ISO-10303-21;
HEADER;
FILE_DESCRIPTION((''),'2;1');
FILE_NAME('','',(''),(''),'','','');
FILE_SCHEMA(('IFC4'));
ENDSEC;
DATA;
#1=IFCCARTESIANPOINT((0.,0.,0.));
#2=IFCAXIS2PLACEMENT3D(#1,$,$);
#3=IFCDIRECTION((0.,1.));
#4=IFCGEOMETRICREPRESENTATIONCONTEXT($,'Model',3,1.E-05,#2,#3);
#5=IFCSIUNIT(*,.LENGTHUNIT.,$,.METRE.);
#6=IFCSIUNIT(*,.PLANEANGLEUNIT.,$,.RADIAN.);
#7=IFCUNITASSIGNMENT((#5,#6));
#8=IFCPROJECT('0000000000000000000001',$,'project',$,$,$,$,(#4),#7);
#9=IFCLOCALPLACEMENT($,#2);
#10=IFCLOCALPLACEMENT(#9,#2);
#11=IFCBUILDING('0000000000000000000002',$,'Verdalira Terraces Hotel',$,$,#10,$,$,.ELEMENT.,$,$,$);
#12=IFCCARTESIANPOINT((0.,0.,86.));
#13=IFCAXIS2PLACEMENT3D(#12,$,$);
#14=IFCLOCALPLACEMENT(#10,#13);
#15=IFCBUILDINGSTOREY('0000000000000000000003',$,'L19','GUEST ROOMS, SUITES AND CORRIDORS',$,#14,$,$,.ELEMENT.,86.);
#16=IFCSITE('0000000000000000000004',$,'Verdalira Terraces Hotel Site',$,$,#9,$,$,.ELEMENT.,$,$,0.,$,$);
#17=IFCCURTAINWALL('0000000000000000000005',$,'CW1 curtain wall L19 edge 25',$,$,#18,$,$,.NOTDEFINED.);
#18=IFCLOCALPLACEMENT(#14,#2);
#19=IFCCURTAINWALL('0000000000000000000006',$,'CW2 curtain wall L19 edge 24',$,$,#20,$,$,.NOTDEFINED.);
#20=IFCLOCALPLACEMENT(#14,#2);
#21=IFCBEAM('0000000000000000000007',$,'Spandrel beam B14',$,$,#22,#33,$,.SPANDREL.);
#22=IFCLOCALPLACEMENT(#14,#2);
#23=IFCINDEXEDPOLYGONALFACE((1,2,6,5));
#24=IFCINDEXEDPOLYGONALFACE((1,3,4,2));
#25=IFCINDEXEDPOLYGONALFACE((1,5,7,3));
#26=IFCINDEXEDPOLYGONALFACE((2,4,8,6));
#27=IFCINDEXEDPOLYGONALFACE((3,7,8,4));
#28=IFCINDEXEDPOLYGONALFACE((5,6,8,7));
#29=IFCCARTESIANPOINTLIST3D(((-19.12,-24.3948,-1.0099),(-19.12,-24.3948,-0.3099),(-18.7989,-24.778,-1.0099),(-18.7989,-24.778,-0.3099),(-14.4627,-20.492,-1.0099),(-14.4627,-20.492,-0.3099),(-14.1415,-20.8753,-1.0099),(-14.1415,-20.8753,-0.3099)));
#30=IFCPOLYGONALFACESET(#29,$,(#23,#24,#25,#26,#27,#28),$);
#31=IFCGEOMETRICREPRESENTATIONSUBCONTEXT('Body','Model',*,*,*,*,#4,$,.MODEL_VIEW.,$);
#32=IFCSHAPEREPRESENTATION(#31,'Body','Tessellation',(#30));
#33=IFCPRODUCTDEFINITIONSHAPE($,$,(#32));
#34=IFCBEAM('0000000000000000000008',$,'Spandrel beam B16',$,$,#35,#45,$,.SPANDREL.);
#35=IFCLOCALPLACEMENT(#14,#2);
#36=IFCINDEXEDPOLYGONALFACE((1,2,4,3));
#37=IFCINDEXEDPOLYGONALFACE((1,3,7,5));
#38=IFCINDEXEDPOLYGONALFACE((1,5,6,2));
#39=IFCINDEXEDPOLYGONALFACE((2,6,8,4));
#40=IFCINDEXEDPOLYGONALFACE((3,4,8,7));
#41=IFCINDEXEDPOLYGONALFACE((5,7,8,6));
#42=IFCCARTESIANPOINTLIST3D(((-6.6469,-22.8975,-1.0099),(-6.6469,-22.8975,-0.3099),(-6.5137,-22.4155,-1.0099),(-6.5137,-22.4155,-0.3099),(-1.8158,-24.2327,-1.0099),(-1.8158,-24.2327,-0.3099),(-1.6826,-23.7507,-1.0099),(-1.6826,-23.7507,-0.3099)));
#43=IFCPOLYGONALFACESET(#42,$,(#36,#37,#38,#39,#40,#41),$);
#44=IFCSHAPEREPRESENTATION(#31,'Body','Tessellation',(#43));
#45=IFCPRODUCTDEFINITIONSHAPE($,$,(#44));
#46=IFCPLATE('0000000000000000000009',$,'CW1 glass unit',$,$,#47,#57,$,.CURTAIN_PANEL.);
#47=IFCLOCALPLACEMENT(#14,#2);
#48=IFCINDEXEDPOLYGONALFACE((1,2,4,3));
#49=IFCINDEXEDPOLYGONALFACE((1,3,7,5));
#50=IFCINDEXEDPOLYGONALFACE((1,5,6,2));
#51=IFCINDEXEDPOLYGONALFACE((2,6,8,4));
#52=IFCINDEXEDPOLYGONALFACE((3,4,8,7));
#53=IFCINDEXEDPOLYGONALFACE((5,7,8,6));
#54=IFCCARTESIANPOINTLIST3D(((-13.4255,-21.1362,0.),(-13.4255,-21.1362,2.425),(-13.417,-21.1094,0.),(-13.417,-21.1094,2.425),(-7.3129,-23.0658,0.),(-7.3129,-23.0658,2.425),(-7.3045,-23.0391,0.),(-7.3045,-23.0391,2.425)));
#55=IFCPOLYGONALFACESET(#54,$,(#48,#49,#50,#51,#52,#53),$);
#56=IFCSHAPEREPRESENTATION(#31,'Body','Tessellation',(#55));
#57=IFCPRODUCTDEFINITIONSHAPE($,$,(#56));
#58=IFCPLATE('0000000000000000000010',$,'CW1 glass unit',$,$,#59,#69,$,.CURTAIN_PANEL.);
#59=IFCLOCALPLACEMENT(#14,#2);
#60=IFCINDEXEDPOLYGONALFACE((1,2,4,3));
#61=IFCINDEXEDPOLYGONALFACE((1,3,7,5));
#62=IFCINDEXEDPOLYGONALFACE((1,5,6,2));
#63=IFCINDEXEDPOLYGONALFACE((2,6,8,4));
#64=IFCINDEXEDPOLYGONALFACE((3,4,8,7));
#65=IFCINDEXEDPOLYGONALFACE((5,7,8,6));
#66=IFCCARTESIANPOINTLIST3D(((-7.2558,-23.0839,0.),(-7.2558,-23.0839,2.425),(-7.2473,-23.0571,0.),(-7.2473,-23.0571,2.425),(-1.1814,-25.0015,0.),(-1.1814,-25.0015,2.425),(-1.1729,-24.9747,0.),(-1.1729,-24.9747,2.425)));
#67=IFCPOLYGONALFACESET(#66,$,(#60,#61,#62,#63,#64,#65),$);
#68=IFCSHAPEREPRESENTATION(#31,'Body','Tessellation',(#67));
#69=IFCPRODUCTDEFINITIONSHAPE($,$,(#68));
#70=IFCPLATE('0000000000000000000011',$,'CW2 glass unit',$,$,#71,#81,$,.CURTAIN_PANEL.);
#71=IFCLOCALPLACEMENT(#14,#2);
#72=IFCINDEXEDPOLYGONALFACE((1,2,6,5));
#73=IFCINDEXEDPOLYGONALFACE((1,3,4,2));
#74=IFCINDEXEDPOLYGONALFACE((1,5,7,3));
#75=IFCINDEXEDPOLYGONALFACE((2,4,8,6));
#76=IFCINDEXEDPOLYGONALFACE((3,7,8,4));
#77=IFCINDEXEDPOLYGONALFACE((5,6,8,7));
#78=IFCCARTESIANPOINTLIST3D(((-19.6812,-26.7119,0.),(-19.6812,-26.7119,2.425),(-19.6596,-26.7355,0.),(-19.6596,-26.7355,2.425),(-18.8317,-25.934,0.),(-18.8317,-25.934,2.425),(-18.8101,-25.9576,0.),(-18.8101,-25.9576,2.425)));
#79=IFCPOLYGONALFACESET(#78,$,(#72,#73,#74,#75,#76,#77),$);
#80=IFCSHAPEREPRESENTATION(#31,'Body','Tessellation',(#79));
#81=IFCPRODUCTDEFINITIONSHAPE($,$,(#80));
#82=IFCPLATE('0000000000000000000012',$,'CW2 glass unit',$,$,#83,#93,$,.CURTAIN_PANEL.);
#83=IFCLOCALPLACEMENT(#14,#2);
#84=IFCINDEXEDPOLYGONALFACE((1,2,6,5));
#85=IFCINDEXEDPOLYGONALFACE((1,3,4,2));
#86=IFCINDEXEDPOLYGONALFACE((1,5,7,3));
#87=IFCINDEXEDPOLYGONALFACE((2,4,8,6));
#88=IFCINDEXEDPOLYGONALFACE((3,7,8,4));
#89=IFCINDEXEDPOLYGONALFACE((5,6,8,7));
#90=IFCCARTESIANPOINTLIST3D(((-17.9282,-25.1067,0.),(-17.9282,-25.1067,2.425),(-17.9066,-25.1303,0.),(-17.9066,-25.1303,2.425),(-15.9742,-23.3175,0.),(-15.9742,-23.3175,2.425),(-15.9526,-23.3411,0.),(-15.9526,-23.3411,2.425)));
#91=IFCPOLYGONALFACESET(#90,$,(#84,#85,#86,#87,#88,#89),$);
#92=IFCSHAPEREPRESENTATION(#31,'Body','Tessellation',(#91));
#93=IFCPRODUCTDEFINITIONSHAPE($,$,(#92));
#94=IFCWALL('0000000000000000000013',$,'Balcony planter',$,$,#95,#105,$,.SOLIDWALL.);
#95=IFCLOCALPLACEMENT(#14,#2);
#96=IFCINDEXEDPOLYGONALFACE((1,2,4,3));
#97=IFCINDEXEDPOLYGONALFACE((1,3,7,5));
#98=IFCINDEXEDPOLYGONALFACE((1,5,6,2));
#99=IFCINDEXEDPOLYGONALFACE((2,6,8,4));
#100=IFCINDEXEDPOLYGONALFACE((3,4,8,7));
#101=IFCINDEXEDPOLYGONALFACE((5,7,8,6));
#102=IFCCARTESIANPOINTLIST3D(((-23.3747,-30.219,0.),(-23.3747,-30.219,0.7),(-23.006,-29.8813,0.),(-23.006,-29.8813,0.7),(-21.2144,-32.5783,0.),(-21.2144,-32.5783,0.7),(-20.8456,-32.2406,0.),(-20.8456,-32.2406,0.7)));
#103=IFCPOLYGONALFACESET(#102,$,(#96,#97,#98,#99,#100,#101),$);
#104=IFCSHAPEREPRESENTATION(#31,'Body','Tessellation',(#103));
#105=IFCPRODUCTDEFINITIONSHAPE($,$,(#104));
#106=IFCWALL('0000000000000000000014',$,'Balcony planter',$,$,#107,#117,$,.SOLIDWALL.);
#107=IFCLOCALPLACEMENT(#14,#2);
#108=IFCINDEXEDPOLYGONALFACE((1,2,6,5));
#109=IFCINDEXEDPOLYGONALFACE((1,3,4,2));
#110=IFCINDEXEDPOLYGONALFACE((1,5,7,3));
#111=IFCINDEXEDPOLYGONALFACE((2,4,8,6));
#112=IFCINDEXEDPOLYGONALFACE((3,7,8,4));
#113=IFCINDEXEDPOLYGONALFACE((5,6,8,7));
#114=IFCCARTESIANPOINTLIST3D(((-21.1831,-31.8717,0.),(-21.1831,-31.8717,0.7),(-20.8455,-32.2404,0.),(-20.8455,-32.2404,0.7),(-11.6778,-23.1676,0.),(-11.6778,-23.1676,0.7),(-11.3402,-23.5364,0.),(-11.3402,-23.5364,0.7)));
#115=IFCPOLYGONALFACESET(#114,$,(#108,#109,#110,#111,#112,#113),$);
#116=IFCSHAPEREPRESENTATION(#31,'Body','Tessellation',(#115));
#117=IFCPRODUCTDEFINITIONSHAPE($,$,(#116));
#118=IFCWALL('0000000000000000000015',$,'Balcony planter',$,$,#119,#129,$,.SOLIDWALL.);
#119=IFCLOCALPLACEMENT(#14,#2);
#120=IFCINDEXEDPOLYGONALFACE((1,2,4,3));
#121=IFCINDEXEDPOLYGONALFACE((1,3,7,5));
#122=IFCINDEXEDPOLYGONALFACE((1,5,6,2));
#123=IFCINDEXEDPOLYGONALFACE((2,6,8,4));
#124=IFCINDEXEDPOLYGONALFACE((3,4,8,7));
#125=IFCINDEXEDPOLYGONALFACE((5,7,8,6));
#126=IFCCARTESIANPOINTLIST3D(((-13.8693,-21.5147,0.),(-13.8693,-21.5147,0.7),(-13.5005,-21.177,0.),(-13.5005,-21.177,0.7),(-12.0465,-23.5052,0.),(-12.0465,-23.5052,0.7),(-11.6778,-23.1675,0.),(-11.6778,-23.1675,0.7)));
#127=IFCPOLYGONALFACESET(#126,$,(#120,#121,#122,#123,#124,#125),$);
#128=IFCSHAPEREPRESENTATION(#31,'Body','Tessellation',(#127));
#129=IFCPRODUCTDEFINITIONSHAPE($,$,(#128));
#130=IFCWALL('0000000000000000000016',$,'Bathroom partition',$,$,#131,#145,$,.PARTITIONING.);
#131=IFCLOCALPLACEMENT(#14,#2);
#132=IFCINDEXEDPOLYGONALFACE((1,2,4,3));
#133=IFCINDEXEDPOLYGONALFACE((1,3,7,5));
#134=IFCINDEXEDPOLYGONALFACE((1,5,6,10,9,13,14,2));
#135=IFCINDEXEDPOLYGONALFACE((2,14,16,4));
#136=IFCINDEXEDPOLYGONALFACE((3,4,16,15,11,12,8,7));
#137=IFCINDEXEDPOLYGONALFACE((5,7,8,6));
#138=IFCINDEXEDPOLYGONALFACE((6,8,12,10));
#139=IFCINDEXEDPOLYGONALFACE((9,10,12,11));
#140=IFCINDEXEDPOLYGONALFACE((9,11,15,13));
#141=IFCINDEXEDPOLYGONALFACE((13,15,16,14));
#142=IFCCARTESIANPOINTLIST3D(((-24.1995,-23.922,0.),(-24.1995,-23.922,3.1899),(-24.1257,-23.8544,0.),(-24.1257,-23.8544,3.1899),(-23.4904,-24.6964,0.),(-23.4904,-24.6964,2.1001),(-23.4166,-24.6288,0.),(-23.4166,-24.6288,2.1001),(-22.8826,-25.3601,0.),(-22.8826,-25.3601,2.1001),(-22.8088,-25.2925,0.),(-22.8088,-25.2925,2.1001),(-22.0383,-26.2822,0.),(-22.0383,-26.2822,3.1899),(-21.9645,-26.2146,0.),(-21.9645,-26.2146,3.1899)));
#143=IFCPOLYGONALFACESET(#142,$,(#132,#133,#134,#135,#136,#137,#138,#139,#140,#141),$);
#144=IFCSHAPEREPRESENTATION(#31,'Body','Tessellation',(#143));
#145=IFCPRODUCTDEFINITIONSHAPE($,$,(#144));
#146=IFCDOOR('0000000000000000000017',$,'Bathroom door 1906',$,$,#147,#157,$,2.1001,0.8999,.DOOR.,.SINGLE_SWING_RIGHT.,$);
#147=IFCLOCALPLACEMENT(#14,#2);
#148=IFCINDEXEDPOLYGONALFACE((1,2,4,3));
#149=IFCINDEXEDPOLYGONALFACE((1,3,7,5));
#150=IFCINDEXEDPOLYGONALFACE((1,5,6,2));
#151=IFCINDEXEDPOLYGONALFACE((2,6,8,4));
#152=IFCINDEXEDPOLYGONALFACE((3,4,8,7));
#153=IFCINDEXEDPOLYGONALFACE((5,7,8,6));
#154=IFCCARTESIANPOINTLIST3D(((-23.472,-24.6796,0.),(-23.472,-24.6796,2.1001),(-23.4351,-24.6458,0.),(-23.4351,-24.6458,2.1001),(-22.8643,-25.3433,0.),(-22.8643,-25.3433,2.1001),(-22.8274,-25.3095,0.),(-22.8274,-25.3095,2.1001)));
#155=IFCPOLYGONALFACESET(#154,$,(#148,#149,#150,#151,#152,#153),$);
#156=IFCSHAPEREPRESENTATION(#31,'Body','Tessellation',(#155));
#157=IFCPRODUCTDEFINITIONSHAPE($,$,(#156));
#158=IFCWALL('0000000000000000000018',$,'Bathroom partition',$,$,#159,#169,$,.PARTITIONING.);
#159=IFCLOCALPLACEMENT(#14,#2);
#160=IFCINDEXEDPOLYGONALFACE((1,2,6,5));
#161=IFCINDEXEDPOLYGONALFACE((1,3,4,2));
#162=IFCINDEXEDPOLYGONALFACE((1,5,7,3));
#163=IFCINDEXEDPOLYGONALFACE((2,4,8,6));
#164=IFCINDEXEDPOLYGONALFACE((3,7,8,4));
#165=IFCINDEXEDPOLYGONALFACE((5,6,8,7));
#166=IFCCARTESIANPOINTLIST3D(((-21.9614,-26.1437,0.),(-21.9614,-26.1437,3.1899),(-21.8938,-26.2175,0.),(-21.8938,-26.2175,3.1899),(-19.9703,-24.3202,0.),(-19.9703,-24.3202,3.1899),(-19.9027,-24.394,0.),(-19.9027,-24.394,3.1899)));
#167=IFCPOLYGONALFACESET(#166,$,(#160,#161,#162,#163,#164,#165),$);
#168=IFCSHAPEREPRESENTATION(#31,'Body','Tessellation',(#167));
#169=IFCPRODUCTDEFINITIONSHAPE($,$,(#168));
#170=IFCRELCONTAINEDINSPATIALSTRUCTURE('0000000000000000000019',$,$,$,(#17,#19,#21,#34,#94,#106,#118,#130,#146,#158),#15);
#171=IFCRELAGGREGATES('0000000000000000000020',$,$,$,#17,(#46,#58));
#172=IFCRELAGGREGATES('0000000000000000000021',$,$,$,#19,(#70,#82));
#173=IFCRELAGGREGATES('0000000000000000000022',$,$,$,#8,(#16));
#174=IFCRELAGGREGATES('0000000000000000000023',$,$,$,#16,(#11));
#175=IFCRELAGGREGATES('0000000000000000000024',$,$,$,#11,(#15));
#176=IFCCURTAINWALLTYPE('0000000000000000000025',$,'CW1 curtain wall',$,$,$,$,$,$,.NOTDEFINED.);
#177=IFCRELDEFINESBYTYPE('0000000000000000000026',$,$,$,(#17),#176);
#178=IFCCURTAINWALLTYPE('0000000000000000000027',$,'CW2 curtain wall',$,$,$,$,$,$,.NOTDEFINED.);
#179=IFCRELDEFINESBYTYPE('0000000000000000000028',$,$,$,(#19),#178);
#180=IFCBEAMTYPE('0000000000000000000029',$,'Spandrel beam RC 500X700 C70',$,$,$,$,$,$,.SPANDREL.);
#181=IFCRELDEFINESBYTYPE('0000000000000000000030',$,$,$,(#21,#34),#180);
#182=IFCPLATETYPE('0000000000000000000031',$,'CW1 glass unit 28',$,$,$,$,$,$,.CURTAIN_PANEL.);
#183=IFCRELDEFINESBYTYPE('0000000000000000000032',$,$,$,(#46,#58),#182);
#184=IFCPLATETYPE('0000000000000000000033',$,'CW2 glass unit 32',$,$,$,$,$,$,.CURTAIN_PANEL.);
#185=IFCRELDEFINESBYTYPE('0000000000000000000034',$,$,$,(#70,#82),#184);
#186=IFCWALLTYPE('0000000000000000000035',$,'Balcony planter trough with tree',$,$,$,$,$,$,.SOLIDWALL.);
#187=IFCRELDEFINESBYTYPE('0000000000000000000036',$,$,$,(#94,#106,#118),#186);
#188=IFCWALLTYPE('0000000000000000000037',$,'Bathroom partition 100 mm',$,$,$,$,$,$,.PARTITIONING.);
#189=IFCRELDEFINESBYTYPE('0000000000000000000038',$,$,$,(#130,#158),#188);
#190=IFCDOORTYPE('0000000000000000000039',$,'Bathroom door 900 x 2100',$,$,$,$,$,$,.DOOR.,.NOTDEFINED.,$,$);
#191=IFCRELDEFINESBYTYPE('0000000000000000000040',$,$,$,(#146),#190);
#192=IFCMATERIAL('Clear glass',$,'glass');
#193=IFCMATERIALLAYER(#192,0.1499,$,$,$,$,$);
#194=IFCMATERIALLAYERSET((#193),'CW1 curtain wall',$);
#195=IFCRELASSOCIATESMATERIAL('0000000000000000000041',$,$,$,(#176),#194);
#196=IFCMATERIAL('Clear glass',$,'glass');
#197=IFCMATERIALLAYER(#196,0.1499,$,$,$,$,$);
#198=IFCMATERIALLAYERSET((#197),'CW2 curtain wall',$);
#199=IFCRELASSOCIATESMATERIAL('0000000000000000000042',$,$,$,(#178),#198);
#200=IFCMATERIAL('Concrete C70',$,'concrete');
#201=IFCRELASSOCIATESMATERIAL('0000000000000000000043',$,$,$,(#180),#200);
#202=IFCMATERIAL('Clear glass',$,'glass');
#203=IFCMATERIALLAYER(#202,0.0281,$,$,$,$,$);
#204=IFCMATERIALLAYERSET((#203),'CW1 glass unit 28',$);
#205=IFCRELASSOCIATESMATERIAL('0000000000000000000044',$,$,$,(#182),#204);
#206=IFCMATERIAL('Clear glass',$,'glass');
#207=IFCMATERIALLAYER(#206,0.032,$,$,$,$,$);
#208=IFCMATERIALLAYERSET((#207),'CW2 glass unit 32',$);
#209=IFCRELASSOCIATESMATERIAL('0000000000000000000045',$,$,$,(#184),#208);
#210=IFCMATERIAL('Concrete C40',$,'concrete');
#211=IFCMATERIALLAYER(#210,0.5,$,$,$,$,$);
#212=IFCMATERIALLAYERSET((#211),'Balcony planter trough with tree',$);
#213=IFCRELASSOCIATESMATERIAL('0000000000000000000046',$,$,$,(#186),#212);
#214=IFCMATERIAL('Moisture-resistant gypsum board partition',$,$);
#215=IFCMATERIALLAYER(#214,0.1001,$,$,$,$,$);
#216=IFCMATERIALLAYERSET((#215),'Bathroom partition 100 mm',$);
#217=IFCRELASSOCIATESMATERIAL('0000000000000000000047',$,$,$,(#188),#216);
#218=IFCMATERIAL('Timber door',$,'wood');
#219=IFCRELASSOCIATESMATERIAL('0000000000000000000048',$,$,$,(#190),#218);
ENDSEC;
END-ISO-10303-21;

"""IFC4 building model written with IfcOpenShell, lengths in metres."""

from ifc_helpers import new_model, si_unit, direction, frame, frame_2d, origin, origin_2d, place, context, subcontext, project, spatial, rectangle, extrude, material, layer, layer_set, material_profile, profile_set, type_object, element, fill, aggregate, save


model = new_model("IFC4")

# Units and contexts
model_context = context("Model", 3, precision=1e-05, world=origin(), true_north=direction((0.0, 1.0)))
body_context = subcontext(model_context, "Body", "Model", "MODEL_VIEW")
ifc_project = project(units=[si_unit("LENGTHUNIT", "METRE"), si_unit("PLANEANGLEUNIT", "RADIAN")], contexts=[model_context])

# Site, building, storey
site_placement = place(None, origin())
site = spatial("IfcSite", under=ifc_project, at=site_placement, Name="Verdalira Terraces Hotel Site", CompositionType="ELEMENT", RefElevation=0.0)
building_placement = place(site_placement, origin())
building = spatial("IfcBuilding", under=site, at=building_placement, Name="Verdalira Terraces Hotel", CompositionType="ELEMENT")
storey_placement = place(building_placement, frame((0.0, 0.0, 86.0)))
storey = spatial("IfcBuildingStorey", under=building, at=storey_placement, Name="L19", Description="GUEST ROOMS, SUITES AND CORRIDORS", CompositionType="ELEMENT", Elevation=86.0)

# Curtain wall
ifc_material_1 = material(Name="Clear glass", Category="glass")
ifc_layer_1 = layer(ifc_material_1, 0.1499)
ifc_layer_set_1 = layer_set([ifc_layer_1], Name="CW1 curtain wall")
curtain_wall_type_1 = type_object("IfcCurtainWallType", Name="CW1 curtain wall", PredefinedType="NOTDEFINED", material=ifc_layer_set_1)
curtain_wall_1_placement = place(storey_placement, origin())
curtain_wall_1 = element("IfcCurtainWall", 1, at=curtain_wall_1_placement, inside=storey, type_object=curtain_wall_type_1, Name="CW1 curtain wall L19 edge 25", PredefinedType="NOTDEFINED")

# Curtain wall
ifc_material_2 = material(Name="Clear glass", Category="glass")
ifc_layer_2 = layer(ifc_material_2, 0.1499)
ifc_layer_set_2 = layer_set([ifc_layer_2], Name="CW2 curtain wall")
curtain_wall_type_2 = type_object("IfcCurtainWallType", Name="CW2 curtain wall", PredefinedType="NOTDEFINED", material=ifc_layer_set_2)
curtain_wall_2_placement = place(storey_placement, origin())
curtain_wall_2 = element("IfcCurtainWall", 2, at=curtain_wall_2_placement, inside=storey, type_object=curtain_wall_type_2, Name="CW2 curtain wall L19 edge 24", PredefinedType="NOTDEFINED")

# Beams
ifc_material_3 = material(Name="Concrete C70", Category="concrete")
ifc_material_profile_1 = material_profile(ifc_material_3, rectangle(XDim=0.5, YDim=0.7, at=origin_2d()), Name="RC 500X700")
ifc_profile_set_1 = profile_set([ifc_material_profile_1], Name="Concrete C70")
beam_type_1 = type_object("IfcBeamType", Name="Spandrel beam RC 500X700 C70", PredefinedType="SPANDREL", material=ifc_profile_set_1)
beam_1_placement = place(storey_placement, frame((-18.9595, -24.5864, -0.6599), z_axis=(0.76647, 0.64228, 0.0), x_axis=(-0.64228, 0.76647, 0.0)))
element("IfcBeam", 3, at=beam_1_placement, inside=storey, type_object=beam_type_1, Name="Spandrel beam B14", PredefinedType="SPANDREL", context=body_context, shape_type="SweptSolid", body=[
    extrude(rectangle(XDim=0.5, YDim=0.7, at=origin_2d()), origin(), (0.0, 0.0, 1.0), 6.0764),
])
beam_2_placement = place(storey_placement, frame((-6.5803, -22.6565, -0.6599), z_axis=(0.963865, -0.266393, 0.0), x_axis=(0.266393, 0.963865, 0.0)))
element("IfcBeam", 4, at=beam_2_placement, inside=storey, type_object=beam_type_1, Name="Spandrel beam B16", PredefinedType="SPANDREL", context=body_context, shape_type="SweptSolid", body=[
    extrude(rectangle(XDim=0.5, YDim=0.7, at=origin_2d()), origin(), (0.0, 0.0, 1.0), 5.0122),
])

# Plates
ifc_material_4 = material(Name="Clear glass", Category="glass")
ifc_layer_3 = layer(ifc_material_4, 0.0281)
ifc_layer_set_3 = layer_set([ifc_layer_3], Name="CW1 glass unit 28")
plate_type_1 = type_object("IfcPlateType", Name="CW1 glass unit 28", PredefinedType="CURTAIN_PANEL", material=ifc_layer_set_3)
plate_1_placement = place(storey_placement, frame((-10.365, -22.0876, 0.0), z_axis=(0.0, 0.0, 1.0), x_axis=(0.953612, -0.301039, 0.0)))
plate_1 = element("IfcPlate", 5, at=plate_1_placement, type_object=plate_type_1, Name="CW1 glass unit", PredefinedType="CURTAIN_PANEL", context=body_context, shape_type="SweptSolid", body=[
    extrude(rectangle(XDim=6.4099, YDim=0.0281, at=origin_2d()), origin(), (0.0, 0.0, 1.0), 2.425),
])
plate_2_placement = place(storey_placement, frame((-4.2144, -24.0293, 0.0), z_axis=(0.0, 0.0, 1.0), x_axis=(0.953612, -0.301039, 0.0)))
plate_2 = element("IfcPlate", 6, at=plate_2_placement, type_object=plate_type_1, Name="CW1 glass unit", PredefinedType="CURTAIN_PANEL", context=body_context, shape_type="SweptSolid", body=[
    extrude(rectangle(XDim=6.3699, YDim=0.0281, at=origin_2d()), origin(), (0.0, 0.0, 1.0), 2.425),
])
aggregate(curtain_wall_1, [plate_1, plate_2])
ifc_material_5 = material(Name="Clear glass", Category="glass")
ifc_layer_4 = layer(ifc_material_5, 0.032)
ifc_layer_set_4 = layer_set([ifc_layer_4], Name="CW2 glass unit 32")
plate_type_2 = type_object("IfcPlateType", Name="CW2 glass unit 32", PredefinedType="CURTAIN_PANEL", material=ifc_layer_set_4)
plate_3_placement = place(storey_placement, frame((-19.2456, -26.3347, 0.0), z_axis=(0.0, 0.0, 1.0), x_axis=(0.737513, 0.675333, 0.0)))
plate_3 = element("IfcPlate", 7, at=plate_3_placement, type_object=plate_type_2, Name="CW2 glass unit", PredefinedType="CURTAIN_PANEL", context=body_context, shape_type="SweptSolid", body=[
    extrude(rectangle(XDim=1.1519, YDim=0.032, at=origin_2d()), origin(), (0.0, 0.0, 1.0), 2.425),
])
plate_4_placement = place(storey_placement, frame((-16.9404, -24.2239, 0.0), z_axis=(0.0, 0.0, 1.0), x_axis=(0.737513, 0.675333, 0.0)))
plate_4 = element("IfcPlate", 8, at=plate_4_placement, type_object=plate_type_2, Name="CW2 glass unit", PredefinedType="CURTAIN_PANEL", context=body_context, shape_type="SweptSolid", body=[
    extrude(rectangle(XDim=2.6494, YDim=0.032, at=origin_2d()), origin(), (0.0, 0.0, 1.0), 2.425),
])
aggregate(curtain_wall_2, [plate_3, plate_4])

# Walls
ifc_material_6 = material(Name="Concrete C40", Category="concrete")
ifc_layer_5 = layer(ifc_material_6, 0.5)
ifc_layer_set_5 = layer_set([ifc_layer_5], Name="Balcony planter trough with tree")
wall_type_1 = type_object("IfcWallType", Name="Balcony planter trough with tree", PredefinedType="SOLIDWALL", material=ifc_layer_set_5)
wall_1_placement = place(storey_placement, frame((-23.1904, -30.05, 0.0), z_axis=(0.0, 0.0, 1.0), x_axis=(0.675324, -0.737522, 0.0)))
element("IfcWall", 9, at=wall_1_placement, inside=storey, type_object=wall_type_1, Name="Balcony planter", PredefinedType="SOLIDWALL", context=body_context, shape_type="SweptSolid", body=[
    extrude(rectangle(XDim=3.199, YDim=0.5, at=frame_2d((1.5996, 0.0))), origin(), (0.0, 0.0, 1.0), 0.7),
])
wall_2_placement = place(storey_placement, frame((-21.0144, -32.0562, 0.0), z_axis=(0.0, 0.0, 1.0), x_axis=(0.737508, 0.675339, 0.0)))
element("IfcWall", 10, at=wall_2_placement, inside=storey, type_object=wall_type_1, Name="Balcony planter", PredefinedType="SOLIDWALL", context=body_context, shape_type="SweptSolid", body=[
    extrude(rectangle(XDim=12.8884, YDim=0.5, at=frame_2d((6.4443, 0.0))), origin(), (0.0, 0.0, 1.0), 0.7),
])
wall_3_placement = place(storey_placement, frame((-11.8621, -23.3364, 0.0), z_axis=(0.0, 0.0, 1.0), x_axis=(-0.675352, 0.737496, 0.0)))
element("IfcWall", 11, at=wall_3_placement, inside=storey, type_object=wall_type_1, Name="Balcony planter", PredefinedType="SOLIDWALL", context=body_context, shape_type="SweptSolid", body=[
    extrude(rectangle(XDim=2.699, YDim=0.5, at=frame_2d((1.3496, 0.0))), origin(), (0.0, 0.0, 1.0), 0.7),
])

# Wall, opening, door
ifc_material_7 = material(Name="Moisture-resistant gypsum board partition")
ifc_layer_6 = layer(ifc_material_7, 0.1001)
ifc_layer_set_6 = layer_set([ifc_layer_6], Name="Bathroom partition 100 mm")
wall_type_2 = type_object("IfcWallType", Name="Bathroom partition 100 mm", PredefinedType="PARTITIONING", material=ifc_layer_set_6)
wall_4_placement = place(storey_placement, frame((-24.1626, -23.8882, 0.0), z_axis=(0.0, 0.0, 1.0), x_axis=(0.675334, -0.737512, 0.0)))
wall_4 = element("IfcWall", 12, at=wall_4_placement, inside=storey, type_object=wall_type_2, Name="Bathroom partition", PredefinedType="PARTITIONING", context=body_context, shape_type="SweptSolid", body=[
    extrude(rectangle(XDim=3.2002, YDim=0.1001, at=frame_2d((1.6001, 0.0))), origin(), (0.0, 0.0, 1.0), 3.1899),
])
opening_1_placement = place(wall_4_placement, frame((1.05, 0.0, 0.0)))
opening_1 = element("IfcOpeningElement", 13, at=opening_1_placement, cuts=wall_4, PredefinedType="OPENING", context=body_context, shape_type="SweptSolid", body=[
    extrude(rectangle(XDim=0.8999, YDim=2.1001, at=frame_2d((0.45, 1.05))), frame((0.0, 0.0601, 0.0), z_axis=(0.0, -1.0, 0.0), x_axis=(1.0, 0.0, 0.0)), (0.0, 0.0, 1.0), 0.1201),
])
ifc_material_8 = material(Name="Timber door", Category="wood")
door_type_1 = type_object("IfcDoorType", Name="Bathroom door 900 x 2100", OperationType="NOTDEFINED", PredefinedType="DOOR", material=ifc_material_8)
door_1_placement = place(opening_1_placement, origin())
door_1 = element("IfcDoor", 14, at=door_1_placement, inside=storey, type_object=door_type_1, Name="Bathroom door 1906", OperationType="SINGLE_SWING_RIGHT", OverallHeight=2.1001, OverallWidth=0.8999, PredefinedType="DOOR", context=body_context, shape_type="SweptSolid", body=[
    extrude(rectangle(XDim=0.8999, YDim=2.1001, at=frame_2d((0.45, 1.05))), frame((0.0, 0.0249, 0.0), z_axis=(0.0, -1.0, 0.0), x_axis=(1.0, 0.0, 0.0)), (0.0, 0.0, 1.0), 0.05),
])
fill(opening_1, door_1)

# Wall
wall_5_placement = place(storey_placement, frame((-21.9277, -26.1807, 0.0), z_axis=(0.0, 0.0, 1.0), x_axis=(0.737484, 0.675364, 0.0)))
element("IfcWall", 15, at=wall_5_placement, inside=storey, type_object=wall_type_2, Name="Bathroom partition", PredefinedType="PARTITIONING", context=body_context, shape_type="SweptSolid", body=[
    extrude(rectangle(XDim=2.7, YDim=0.1001, at=frame_2d((1.3501, 0.0))), origin(), (0.0, 0.0, 1.0), 3.1899),
])

save(model, "model.ifc")
